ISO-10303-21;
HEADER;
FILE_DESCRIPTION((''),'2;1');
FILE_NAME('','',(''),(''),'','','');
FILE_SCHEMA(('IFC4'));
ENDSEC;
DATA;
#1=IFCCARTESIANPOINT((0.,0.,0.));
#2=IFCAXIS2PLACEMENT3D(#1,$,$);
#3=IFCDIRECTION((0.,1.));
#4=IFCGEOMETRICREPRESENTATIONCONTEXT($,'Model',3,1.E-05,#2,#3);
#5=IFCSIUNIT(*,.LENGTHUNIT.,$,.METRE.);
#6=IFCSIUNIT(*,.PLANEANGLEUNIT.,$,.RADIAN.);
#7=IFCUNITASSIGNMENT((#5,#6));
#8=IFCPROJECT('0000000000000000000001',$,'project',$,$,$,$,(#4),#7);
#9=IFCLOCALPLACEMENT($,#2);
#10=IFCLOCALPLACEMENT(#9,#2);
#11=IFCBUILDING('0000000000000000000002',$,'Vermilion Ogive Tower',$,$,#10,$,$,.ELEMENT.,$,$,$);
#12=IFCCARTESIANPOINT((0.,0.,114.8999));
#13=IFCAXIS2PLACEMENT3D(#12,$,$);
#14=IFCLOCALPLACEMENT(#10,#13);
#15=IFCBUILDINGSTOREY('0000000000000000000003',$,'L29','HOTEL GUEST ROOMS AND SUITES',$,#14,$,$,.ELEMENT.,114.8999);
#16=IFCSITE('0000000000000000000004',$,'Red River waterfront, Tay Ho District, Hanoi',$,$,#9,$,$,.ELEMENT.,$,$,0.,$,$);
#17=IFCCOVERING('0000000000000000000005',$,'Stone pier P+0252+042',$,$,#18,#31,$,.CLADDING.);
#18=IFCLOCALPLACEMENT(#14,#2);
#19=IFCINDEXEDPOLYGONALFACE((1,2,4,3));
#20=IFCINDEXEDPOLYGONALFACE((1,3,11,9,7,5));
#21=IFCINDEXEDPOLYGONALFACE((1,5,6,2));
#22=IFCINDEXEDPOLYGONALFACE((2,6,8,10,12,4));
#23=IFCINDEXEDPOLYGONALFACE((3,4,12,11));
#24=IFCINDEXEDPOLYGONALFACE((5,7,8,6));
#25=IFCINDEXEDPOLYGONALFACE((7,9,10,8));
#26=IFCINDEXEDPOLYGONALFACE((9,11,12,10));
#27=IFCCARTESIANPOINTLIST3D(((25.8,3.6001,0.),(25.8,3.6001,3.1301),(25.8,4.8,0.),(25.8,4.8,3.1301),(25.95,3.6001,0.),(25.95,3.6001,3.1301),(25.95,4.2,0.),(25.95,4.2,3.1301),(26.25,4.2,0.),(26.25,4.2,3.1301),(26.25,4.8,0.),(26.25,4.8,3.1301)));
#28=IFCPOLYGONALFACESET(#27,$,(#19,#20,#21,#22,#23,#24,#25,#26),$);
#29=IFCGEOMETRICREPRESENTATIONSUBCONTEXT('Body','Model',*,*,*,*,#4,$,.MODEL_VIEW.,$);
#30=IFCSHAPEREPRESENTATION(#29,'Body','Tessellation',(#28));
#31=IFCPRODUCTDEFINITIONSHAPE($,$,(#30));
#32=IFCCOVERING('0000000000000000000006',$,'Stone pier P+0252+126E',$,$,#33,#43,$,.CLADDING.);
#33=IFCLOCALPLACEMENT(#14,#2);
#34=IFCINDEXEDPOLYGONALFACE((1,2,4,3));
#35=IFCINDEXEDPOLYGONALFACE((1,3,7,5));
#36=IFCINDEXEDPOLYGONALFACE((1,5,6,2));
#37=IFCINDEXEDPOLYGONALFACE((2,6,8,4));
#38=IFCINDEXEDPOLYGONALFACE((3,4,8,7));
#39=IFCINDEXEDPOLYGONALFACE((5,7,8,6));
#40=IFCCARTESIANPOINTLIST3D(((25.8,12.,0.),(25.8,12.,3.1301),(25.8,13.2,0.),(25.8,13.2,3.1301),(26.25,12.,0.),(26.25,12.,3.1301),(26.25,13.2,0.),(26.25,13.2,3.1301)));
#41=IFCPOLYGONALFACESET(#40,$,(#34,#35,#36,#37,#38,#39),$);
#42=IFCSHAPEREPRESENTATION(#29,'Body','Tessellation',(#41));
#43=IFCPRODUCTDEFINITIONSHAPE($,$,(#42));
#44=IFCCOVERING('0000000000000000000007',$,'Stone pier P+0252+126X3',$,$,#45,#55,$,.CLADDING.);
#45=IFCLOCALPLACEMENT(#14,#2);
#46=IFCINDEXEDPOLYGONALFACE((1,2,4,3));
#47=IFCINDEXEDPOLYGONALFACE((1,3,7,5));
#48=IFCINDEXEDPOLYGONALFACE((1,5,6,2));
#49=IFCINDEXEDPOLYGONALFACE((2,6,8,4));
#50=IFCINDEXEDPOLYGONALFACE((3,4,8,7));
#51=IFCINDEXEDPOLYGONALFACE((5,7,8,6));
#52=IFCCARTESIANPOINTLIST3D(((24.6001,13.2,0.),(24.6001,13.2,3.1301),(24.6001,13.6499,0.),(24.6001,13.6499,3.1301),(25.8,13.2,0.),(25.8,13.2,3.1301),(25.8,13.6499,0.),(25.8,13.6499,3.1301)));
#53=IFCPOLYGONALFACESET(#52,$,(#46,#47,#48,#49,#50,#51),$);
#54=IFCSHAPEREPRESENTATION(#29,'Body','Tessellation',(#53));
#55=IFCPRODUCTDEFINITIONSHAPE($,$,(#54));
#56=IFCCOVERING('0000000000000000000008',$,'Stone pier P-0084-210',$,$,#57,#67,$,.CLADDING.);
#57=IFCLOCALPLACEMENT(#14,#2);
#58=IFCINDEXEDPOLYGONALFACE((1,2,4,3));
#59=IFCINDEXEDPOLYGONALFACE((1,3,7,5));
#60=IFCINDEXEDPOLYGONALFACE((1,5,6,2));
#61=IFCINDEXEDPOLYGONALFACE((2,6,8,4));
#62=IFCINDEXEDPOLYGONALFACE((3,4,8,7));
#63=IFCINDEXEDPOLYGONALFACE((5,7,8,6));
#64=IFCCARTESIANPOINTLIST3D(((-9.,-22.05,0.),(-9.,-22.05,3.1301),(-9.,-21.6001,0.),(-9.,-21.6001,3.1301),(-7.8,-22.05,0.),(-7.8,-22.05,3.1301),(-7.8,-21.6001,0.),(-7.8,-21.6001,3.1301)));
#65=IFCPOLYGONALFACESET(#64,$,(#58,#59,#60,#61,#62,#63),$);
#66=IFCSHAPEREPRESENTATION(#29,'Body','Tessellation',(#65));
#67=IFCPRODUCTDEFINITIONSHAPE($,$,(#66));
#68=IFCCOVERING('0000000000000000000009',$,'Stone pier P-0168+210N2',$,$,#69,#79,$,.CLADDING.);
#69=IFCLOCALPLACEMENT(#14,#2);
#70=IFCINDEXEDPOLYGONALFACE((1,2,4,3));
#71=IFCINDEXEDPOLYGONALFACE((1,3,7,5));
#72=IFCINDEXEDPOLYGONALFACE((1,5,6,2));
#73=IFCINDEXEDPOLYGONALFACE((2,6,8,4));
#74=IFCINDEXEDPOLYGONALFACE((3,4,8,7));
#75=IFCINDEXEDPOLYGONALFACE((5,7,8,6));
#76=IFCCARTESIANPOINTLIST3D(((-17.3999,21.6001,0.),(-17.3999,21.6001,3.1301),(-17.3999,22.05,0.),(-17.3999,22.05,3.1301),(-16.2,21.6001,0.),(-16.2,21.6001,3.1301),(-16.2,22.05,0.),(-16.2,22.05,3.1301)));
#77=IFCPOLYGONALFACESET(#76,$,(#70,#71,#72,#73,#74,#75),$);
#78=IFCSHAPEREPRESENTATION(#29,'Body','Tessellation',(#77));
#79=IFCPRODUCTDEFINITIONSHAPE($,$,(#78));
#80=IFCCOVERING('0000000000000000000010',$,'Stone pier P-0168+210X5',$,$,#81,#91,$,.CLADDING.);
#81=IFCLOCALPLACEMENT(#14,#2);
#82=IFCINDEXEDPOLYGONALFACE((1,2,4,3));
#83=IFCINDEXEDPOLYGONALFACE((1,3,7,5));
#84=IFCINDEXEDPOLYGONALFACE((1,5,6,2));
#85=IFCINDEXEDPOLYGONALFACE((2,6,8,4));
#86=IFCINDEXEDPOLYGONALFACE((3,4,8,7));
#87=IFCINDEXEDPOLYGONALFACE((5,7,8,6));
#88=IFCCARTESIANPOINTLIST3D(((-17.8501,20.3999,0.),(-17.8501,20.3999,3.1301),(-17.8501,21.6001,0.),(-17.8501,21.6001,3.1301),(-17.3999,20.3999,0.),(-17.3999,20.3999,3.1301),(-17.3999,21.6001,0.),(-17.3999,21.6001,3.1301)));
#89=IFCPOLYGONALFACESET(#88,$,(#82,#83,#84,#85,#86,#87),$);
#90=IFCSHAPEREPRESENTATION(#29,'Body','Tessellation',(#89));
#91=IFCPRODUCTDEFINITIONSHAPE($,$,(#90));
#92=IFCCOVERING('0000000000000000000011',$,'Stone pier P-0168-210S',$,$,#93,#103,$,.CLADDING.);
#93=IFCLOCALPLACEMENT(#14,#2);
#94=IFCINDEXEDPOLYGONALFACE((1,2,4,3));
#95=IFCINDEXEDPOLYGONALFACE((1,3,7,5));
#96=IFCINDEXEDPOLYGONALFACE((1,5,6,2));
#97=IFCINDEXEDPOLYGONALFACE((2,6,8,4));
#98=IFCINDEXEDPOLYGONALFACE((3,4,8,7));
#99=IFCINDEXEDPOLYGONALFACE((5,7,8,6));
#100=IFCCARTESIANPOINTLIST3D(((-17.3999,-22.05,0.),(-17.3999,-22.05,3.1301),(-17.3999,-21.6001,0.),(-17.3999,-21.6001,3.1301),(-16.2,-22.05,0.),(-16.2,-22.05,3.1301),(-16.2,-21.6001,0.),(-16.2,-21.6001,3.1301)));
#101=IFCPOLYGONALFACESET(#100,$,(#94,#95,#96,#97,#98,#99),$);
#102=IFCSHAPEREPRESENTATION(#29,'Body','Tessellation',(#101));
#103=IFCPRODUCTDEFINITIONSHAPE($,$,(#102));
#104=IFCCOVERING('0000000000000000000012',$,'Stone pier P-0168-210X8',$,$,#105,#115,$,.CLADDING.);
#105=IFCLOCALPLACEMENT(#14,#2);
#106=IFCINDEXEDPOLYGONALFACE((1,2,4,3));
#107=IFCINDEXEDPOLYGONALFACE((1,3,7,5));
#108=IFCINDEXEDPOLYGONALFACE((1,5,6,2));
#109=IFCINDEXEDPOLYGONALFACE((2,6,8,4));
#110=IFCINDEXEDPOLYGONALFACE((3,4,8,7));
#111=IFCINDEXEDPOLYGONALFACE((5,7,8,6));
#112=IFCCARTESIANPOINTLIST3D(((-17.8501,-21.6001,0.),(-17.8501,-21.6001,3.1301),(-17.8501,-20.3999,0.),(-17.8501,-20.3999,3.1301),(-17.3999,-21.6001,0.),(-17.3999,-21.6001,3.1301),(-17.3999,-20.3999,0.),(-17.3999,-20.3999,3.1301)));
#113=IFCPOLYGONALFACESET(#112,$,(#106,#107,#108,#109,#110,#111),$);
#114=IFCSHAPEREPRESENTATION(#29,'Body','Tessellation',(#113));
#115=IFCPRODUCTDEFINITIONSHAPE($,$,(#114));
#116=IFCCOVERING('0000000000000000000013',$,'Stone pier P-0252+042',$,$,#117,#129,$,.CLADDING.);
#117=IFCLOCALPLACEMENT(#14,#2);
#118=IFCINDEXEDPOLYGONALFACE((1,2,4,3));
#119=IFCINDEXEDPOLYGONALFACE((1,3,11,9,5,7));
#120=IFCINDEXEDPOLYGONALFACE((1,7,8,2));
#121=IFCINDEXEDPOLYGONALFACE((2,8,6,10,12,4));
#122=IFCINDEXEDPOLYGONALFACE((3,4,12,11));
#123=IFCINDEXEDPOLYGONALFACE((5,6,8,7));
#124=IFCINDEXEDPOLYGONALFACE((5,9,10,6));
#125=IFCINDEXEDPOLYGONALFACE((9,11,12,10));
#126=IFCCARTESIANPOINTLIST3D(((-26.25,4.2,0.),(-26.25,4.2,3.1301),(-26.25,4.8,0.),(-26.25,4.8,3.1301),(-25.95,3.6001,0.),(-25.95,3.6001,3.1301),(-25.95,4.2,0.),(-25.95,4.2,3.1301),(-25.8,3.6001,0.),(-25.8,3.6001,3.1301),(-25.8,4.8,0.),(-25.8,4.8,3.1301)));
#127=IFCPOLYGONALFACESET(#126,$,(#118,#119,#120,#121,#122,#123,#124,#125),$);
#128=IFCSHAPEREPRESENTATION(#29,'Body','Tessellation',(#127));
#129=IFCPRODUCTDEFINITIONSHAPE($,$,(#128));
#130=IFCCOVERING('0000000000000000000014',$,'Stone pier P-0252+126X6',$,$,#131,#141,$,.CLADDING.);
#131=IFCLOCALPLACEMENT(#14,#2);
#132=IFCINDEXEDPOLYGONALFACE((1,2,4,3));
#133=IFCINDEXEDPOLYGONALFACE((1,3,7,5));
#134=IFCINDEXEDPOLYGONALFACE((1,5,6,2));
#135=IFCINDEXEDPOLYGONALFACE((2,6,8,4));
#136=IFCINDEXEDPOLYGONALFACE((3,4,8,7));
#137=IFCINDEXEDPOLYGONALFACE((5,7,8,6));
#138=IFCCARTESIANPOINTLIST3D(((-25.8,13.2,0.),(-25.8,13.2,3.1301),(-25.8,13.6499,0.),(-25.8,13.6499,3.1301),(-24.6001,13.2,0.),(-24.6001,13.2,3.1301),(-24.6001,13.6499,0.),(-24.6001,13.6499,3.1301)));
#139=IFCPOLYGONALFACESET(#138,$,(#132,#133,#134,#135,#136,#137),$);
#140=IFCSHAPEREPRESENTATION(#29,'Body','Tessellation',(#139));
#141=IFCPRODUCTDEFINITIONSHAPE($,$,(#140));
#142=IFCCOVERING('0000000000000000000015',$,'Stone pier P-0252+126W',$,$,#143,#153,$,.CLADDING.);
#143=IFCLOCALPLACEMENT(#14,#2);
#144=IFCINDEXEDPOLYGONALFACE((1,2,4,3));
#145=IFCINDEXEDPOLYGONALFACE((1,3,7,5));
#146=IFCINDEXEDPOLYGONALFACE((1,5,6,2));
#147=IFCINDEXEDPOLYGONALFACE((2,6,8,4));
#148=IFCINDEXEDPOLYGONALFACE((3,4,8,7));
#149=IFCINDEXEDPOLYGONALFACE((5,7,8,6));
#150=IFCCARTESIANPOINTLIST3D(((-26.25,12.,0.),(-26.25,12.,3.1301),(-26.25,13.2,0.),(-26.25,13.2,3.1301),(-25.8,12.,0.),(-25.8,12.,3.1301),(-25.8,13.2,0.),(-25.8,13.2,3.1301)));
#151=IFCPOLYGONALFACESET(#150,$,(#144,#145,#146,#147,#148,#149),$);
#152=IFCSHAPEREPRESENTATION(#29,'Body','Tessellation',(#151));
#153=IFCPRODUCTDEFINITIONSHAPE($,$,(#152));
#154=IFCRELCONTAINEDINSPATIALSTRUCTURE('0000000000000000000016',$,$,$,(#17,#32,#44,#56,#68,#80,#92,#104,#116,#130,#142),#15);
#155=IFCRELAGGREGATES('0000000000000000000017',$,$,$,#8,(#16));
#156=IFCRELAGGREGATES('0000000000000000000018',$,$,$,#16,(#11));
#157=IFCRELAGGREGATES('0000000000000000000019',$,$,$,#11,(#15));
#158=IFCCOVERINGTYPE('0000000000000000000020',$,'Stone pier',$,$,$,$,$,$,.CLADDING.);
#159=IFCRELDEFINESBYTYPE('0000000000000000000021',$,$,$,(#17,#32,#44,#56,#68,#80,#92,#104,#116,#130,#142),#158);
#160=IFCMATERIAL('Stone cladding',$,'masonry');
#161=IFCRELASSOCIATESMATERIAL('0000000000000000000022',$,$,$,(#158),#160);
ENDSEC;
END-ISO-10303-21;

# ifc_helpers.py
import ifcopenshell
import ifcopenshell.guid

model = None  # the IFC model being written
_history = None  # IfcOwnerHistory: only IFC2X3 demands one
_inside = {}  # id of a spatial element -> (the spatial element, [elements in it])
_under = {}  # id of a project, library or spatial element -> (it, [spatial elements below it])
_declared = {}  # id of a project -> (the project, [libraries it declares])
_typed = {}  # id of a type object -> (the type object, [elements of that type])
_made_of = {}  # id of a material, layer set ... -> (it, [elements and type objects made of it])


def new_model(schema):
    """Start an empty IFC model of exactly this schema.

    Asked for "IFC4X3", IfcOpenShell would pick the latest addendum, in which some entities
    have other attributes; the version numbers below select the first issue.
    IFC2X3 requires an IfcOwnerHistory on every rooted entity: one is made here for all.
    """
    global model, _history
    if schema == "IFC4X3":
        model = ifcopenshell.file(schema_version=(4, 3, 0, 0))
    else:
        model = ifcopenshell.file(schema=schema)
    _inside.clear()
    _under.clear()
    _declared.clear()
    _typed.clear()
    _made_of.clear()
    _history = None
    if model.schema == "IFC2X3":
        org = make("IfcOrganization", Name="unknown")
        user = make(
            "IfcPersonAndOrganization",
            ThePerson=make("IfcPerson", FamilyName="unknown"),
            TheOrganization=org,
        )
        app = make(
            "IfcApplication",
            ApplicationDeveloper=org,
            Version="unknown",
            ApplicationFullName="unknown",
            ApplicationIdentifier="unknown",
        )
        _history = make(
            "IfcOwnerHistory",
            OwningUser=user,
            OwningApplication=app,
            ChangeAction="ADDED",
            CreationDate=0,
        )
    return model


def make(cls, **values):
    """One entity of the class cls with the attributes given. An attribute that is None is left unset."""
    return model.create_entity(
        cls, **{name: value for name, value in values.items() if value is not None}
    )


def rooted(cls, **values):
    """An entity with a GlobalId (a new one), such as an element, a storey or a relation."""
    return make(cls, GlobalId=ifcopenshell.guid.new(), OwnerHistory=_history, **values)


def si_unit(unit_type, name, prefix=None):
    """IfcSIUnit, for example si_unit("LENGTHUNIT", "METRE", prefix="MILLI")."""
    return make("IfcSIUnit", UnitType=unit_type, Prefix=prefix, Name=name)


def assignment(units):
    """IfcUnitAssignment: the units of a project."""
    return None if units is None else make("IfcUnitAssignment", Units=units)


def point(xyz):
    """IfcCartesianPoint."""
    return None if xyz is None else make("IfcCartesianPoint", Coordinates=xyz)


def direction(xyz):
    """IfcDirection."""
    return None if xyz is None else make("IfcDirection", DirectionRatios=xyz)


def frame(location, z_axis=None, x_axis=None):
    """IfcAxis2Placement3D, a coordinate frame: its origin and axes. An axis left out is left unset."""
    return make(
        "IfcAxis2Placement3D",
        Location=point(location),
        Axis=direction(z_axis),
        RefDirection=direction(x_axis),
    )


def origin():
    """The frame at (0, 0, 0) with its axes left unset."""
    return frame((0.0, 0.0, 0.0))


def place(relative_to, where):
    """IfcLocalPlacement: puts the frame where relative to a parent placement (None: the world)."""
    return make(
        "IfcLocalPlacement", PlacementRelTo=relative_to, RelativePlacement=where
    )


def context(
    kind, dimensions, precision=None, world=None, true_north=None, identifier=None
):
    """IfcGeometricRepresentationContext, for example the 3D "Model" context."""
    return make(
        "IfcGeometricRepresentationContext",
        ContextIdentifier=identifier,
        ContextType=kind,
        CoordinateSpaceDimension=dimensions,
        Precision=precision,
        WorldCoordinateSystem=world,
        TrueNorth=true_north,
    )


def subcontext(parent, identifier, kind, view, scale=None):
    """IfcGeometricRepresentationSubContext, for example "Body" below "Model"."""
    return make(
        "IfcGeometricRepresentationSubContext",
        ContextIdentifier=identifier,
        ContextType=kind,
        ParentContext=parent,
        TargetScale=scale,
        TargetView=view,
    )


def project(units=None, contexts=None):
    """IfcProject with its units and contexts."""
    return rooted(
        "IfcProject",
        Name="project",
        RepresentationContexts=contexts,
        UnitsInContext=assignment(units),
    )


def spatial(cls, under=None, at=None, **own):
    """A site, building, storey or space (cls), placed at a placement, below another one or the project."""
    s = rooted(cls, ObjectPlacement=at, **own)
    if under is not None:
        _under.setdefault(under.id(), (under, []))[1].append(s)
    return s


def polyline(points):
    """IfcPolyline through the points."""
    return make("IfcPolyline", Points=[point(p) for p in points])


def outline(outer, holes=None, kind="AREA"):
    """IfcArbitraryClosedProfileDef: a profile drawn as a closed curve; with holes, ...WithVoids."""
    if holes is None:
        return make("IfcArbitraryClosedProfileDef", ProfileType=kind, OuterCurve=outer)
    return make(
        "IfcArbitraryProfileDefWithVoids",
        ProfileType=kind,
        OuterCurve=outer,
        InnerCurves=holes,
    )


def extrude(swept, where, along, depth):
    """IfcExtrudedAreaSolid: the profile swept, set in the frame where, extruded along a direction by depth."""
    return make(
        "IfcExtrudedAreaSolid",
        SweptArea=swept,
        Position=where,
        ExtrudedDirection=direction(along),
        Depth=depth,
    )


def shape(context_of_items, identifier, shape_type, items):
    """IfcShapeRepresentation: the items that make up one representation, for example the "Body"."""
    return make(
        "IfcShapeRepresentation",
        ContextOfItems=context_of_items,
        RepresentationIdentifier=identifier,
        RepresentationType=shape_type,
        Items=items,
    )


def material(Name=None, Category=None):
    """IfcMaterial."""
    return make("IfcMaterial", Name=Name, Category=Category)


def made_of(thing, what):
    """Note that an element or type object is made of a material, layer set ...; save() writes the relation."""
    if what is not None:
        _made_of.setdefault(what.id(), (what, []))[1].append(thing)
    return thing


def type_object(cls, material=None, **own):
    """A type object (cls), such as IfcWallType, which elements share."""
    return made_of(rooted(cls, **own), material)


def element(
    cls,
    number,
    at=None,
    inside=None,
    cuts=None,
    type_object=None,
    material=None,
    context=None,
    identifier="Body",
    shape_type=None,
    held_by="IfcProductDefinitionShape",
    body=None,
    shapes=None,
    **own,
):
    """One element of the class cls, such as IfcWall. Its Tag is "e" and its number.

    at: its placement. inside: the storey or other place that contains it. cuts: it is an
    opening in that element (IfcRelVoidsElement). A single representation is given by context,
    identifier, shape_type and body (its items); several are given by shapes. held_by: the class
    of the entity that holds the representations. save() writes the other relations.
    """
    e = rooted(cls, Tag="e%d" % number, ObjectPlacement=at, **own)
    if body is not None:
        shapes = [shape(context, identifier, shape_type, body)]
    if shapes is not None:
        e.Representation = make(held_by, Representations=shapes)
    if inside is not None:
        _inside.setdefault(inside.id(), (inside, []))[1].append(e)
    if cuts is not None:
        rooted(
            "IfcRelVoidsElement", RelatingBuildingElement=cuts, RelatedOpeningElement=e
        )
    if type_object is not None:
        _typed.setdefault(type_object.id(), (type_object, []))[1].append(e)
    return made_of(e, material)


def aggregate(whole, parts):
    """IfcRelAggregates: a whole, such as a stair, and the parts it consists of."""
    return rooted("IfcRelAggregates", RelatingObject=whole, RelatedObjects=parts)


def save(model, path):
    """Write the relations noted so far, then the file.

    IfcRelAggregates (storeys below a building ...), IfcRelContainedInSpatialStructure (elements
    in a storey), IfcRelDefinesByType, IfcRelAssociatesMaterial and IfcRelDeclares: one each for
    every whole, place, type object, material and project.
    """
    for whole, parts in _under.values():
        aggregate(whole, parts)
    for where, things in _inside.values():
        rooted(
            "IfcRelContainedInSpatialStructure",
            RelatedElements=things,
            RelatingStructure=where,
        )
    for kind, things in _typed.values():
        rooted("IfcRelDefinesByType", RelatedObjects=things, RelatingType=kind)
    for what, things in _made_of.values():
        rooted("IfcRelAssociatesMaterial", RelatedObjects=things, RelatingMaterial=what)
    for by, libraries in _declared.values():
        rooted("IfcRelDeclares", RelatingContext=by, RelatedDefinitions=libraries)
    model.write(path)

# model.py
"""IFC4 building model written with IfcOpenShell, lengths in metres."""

from ifc_helpers import new_model, si_unit, direction, frame, origin, place, context, subcontext, project, spatial, polyline, outline, extrude, material, type_object, element, save


model = new_model("IFC4")

# Units and contexts
model_context = context("Model", 3, precision=1e-05, world=origin(), true_north=direction((0.0, 1.0)))
body_context = subcontext(model_context, "Body", "Model", "MODEL_VIEW")
ifc_project = project(units=[si_unit("LENGTHUNIT", "METRE"), si_unit("PLANEANGLEUNIT", "RADIAN")], contexts=[model_context])

# Site, building, storey
site_placement = place(None, origin())
site = spatial("IfcSite", under=ifc_project, at=site_placement, Name="Red River waterfront, Tay Ho District, Hanoi", CompositionType="ELEMENT", RefElevation=0.0)
building_placement = place(site_placement, origin())
building = spatial("IfcBuilding", under=site, at=building_placement, Name="Vermilion Ogive Tower", CompositionType="ELEMENT")
storey_placement = place(building_placement, frame((0.0, 0.0, 114.8999)))
storey = spatial("IfcBuildingStorey", under=building, at=storey_placement, Name="L29", Description="HOTEL GUEST ROOMS AND SUITES", CompositionType="ELEMENT", Elevation=114.8999)

# Coverings
ifc_material_1 = material(Name="Stone cladding", Category="masonry")
covering_type = type_object("IfcCoveringType", Name="Stone pier", PredefinedType="CLADDING", material=ifc_material_1)
covering_1_placement = place(storey_placement, origin())
element("IfcCovering", 1, at=covering_1_placement, inside=storey, type_object=covering_type, Name="Stone pier P+0252+042", PredefinedType="CLADDING", context=body_context, shape_type="SweptSolid", body=[
    extrude(outline(polyline([(25.8, 4.8), (25.8, 4.8), (26.25, 4.8), (26.25, 4.2), (25.95, 4.2), (25.95, 3.6001), (26.25, 3.6001), (26.25, 3.6001), (25.8, 3.6001), (25.8, 3.6001), (25.8, 4.8)])), origin(), (0.0, 0.0, 1.0), 3.1301),
])
covering_2_placement = place(storey_placement, origin())
element("IfcCovering", 2, at=covering_2_placement, inside=storey, type_object=covering_type, Name="Stone pier P+0252+126E", PredefinedType="CLADDING", context=body_context, shape_type="SweptSolid", body=[
    extrude(outline(polyline([(25.8, 13.2), (25.8, 13.2), (26.25, 13.2), (26.25, 12.0), (25.8, 12.0), (25.8, 12.0), (25.8, 13.2)])), origin(), (0.0, 0.0, 1.0), 3.1301),
])
covering_3_placement = place(storey_placement, origin())
element("IfcCovering", 3, at=covering_3_placement, inside=storey, type_object=covering_type, Name="Stone pier P+0252+126X3", PredefinedType="CLADDING", context=body_context, shape_type="SweptSolid", body=[
    extrude(outline(polyline([(25.8, 13.6499), (25.8, 13.2), (25.8, 13.2), (24.6001, 13.2), (24.6001, 13.6499), (25.8, 13.6499)])), origin(), (0.0, 0.0, 1.0), 3.1301),
])
covering_4_placement = place(storey_placement, origin())
element("IfcCovering", 4, at=covering_4_placement, inside=storey, type_object=covering_type, Name="Stone pier P-0084-210", PredefinedType="CLADDING", context=body_context, shape_type="SweptSolid", body=[
    extrude(outline(polyline([(-7.8, -22.05), (-9.0, -22.05), (-9.0, -21.6001), (-7.8, -21.6001), (-7.8, -22.05)])), origin(), (0.0, 0.0, 1.0), 3.1301),
])
covering_5_placement = place(storey_placement, origin())
element("IfcCovering", 5, at=covering_5_placement, inside=storey, type_object=covering_type, Name="Stone pier P-0168+210N2", PredefinedType="CLADDING", context=body_context, shape_type="SweptSolid", body=[
    extrude(outline(polyline([(-17.3999, 22.05), (-16.2, 22.05), (-16.2, 21.6001), (-17.3999, 21.6001), (-17.3999, 22.05)])), origin(), (0.0, 0.0, 1.0), 3.1301),
])
covering_6_placement = place(storey_placement, origin())
element("IfcCovering", 6, at=covering_6_placement, inside=storey, type_object=covering_type, Name="Stone pier P-0168+210X5", PredefinedType="CLADDING", context=body_context, shape_type="SweptSolid", body=[
    extrude(outline(polyline([(-17.8501, 21.6001), (-17.3999, 21.6001), (-17.3999, 20.3999), (-17.8501, 20.3999), (-17.8501, 21.6001)])), origin(), (0.0, 0.0, 1.0), 3.1301),
])
covering_7_placement = place(storey_placement, origin())
element("IfcCovering", 7, at=covering_7_placement, inside=storey, type_object=covering_type, Name="Stone pier P-0168-210S", PredefinedType="CLADDING", context=body_context, shape_type="SweptSolid", body=[
    extrude(outline(polyline([(-16.2, -22.05), (-17.3999, -22.05), (-17.3999, -21.6001), (-16.2, -21.6001), (-16.2, -22.05)])), origin(), (0.0, 0.0, 1.0), 3.1301),
])
covering_8_placement = place(storey_placement, origin())
element("IfcCovering", 8, at=covering_8_placement, inside=storey, type_object=covering_type, Name="Stone pier P-0168-210X8", PredefinedType="CLADDING", context=body_context, shape_type="SweptSolid", body=[
    extrude(outline(polyline([(-17.8501, -20.3999), (-17.3999, -20.3999), (-17.3999, -21.6001), (-17.8501, -21.6001), (-17.8501, -20.3999)])), origin(), (0.0, 0.0, 1.0), 3.1301),
])
covering_9_placement = place(storey_placement, origin())
element("IfcCovering", 9, at=covering_9_placement, inside=storey, type_object=covering_type, Name="Stone pier P-0252+042", PredefinedType="CLADDING", context=body_context, shape_type="SweptSolid", body=[
    extrude(outline(polyline([(-25.8, 3.6001), (-25.95, 3.6001), (-25.95, 4.2), (-26.25, 4.2), (-26.25, 4.8), (-25.8, 4.8), (-25.8, 4.8), (-25.8, 3.6001)])), origin(), (0.0, 0.0, 1.0), 3.1301),
])
covering_10_placement = place(storey_placement, origin())
element("IfcCovering", 10, at=covering_10_placement, inside=storey, type_object=covering_type, Name="Stone pier P-0252+126X6", PredefinedType="CLADDING", context=body_context, shape_type="SweptSolid", body=[
    extrude(outline(polyline([(-25.8, 13.2), (-25.8, 13.6499), (-24.6001, 13.6499), (-24.6001, 13.2), (-24.6001, 13.2), (-25.8, 13.2)])), origin(), (0.0, 0.0, 1.0), 3.1301),
])
covering_11_placement = place(storey_placement, origin())
element("IfcCovering", 11, at=covering_11_placement, inside=storey, type_object=covering_type, Name="Stone pier P-0252+126W", PredefinedType="CLADDING", context=body_context, shape_type="SweptSolid", body=[
    extrude(outline(polyline([(-26.25, 13.2), (-25.8, 13.2), (-25.8, 12.0), (-26.25, 12.0), (-26.25, 13.2)])), origin(), (0.0, 0.0, 1.0), 3.1301),
])

save(model, "model.ifc")
